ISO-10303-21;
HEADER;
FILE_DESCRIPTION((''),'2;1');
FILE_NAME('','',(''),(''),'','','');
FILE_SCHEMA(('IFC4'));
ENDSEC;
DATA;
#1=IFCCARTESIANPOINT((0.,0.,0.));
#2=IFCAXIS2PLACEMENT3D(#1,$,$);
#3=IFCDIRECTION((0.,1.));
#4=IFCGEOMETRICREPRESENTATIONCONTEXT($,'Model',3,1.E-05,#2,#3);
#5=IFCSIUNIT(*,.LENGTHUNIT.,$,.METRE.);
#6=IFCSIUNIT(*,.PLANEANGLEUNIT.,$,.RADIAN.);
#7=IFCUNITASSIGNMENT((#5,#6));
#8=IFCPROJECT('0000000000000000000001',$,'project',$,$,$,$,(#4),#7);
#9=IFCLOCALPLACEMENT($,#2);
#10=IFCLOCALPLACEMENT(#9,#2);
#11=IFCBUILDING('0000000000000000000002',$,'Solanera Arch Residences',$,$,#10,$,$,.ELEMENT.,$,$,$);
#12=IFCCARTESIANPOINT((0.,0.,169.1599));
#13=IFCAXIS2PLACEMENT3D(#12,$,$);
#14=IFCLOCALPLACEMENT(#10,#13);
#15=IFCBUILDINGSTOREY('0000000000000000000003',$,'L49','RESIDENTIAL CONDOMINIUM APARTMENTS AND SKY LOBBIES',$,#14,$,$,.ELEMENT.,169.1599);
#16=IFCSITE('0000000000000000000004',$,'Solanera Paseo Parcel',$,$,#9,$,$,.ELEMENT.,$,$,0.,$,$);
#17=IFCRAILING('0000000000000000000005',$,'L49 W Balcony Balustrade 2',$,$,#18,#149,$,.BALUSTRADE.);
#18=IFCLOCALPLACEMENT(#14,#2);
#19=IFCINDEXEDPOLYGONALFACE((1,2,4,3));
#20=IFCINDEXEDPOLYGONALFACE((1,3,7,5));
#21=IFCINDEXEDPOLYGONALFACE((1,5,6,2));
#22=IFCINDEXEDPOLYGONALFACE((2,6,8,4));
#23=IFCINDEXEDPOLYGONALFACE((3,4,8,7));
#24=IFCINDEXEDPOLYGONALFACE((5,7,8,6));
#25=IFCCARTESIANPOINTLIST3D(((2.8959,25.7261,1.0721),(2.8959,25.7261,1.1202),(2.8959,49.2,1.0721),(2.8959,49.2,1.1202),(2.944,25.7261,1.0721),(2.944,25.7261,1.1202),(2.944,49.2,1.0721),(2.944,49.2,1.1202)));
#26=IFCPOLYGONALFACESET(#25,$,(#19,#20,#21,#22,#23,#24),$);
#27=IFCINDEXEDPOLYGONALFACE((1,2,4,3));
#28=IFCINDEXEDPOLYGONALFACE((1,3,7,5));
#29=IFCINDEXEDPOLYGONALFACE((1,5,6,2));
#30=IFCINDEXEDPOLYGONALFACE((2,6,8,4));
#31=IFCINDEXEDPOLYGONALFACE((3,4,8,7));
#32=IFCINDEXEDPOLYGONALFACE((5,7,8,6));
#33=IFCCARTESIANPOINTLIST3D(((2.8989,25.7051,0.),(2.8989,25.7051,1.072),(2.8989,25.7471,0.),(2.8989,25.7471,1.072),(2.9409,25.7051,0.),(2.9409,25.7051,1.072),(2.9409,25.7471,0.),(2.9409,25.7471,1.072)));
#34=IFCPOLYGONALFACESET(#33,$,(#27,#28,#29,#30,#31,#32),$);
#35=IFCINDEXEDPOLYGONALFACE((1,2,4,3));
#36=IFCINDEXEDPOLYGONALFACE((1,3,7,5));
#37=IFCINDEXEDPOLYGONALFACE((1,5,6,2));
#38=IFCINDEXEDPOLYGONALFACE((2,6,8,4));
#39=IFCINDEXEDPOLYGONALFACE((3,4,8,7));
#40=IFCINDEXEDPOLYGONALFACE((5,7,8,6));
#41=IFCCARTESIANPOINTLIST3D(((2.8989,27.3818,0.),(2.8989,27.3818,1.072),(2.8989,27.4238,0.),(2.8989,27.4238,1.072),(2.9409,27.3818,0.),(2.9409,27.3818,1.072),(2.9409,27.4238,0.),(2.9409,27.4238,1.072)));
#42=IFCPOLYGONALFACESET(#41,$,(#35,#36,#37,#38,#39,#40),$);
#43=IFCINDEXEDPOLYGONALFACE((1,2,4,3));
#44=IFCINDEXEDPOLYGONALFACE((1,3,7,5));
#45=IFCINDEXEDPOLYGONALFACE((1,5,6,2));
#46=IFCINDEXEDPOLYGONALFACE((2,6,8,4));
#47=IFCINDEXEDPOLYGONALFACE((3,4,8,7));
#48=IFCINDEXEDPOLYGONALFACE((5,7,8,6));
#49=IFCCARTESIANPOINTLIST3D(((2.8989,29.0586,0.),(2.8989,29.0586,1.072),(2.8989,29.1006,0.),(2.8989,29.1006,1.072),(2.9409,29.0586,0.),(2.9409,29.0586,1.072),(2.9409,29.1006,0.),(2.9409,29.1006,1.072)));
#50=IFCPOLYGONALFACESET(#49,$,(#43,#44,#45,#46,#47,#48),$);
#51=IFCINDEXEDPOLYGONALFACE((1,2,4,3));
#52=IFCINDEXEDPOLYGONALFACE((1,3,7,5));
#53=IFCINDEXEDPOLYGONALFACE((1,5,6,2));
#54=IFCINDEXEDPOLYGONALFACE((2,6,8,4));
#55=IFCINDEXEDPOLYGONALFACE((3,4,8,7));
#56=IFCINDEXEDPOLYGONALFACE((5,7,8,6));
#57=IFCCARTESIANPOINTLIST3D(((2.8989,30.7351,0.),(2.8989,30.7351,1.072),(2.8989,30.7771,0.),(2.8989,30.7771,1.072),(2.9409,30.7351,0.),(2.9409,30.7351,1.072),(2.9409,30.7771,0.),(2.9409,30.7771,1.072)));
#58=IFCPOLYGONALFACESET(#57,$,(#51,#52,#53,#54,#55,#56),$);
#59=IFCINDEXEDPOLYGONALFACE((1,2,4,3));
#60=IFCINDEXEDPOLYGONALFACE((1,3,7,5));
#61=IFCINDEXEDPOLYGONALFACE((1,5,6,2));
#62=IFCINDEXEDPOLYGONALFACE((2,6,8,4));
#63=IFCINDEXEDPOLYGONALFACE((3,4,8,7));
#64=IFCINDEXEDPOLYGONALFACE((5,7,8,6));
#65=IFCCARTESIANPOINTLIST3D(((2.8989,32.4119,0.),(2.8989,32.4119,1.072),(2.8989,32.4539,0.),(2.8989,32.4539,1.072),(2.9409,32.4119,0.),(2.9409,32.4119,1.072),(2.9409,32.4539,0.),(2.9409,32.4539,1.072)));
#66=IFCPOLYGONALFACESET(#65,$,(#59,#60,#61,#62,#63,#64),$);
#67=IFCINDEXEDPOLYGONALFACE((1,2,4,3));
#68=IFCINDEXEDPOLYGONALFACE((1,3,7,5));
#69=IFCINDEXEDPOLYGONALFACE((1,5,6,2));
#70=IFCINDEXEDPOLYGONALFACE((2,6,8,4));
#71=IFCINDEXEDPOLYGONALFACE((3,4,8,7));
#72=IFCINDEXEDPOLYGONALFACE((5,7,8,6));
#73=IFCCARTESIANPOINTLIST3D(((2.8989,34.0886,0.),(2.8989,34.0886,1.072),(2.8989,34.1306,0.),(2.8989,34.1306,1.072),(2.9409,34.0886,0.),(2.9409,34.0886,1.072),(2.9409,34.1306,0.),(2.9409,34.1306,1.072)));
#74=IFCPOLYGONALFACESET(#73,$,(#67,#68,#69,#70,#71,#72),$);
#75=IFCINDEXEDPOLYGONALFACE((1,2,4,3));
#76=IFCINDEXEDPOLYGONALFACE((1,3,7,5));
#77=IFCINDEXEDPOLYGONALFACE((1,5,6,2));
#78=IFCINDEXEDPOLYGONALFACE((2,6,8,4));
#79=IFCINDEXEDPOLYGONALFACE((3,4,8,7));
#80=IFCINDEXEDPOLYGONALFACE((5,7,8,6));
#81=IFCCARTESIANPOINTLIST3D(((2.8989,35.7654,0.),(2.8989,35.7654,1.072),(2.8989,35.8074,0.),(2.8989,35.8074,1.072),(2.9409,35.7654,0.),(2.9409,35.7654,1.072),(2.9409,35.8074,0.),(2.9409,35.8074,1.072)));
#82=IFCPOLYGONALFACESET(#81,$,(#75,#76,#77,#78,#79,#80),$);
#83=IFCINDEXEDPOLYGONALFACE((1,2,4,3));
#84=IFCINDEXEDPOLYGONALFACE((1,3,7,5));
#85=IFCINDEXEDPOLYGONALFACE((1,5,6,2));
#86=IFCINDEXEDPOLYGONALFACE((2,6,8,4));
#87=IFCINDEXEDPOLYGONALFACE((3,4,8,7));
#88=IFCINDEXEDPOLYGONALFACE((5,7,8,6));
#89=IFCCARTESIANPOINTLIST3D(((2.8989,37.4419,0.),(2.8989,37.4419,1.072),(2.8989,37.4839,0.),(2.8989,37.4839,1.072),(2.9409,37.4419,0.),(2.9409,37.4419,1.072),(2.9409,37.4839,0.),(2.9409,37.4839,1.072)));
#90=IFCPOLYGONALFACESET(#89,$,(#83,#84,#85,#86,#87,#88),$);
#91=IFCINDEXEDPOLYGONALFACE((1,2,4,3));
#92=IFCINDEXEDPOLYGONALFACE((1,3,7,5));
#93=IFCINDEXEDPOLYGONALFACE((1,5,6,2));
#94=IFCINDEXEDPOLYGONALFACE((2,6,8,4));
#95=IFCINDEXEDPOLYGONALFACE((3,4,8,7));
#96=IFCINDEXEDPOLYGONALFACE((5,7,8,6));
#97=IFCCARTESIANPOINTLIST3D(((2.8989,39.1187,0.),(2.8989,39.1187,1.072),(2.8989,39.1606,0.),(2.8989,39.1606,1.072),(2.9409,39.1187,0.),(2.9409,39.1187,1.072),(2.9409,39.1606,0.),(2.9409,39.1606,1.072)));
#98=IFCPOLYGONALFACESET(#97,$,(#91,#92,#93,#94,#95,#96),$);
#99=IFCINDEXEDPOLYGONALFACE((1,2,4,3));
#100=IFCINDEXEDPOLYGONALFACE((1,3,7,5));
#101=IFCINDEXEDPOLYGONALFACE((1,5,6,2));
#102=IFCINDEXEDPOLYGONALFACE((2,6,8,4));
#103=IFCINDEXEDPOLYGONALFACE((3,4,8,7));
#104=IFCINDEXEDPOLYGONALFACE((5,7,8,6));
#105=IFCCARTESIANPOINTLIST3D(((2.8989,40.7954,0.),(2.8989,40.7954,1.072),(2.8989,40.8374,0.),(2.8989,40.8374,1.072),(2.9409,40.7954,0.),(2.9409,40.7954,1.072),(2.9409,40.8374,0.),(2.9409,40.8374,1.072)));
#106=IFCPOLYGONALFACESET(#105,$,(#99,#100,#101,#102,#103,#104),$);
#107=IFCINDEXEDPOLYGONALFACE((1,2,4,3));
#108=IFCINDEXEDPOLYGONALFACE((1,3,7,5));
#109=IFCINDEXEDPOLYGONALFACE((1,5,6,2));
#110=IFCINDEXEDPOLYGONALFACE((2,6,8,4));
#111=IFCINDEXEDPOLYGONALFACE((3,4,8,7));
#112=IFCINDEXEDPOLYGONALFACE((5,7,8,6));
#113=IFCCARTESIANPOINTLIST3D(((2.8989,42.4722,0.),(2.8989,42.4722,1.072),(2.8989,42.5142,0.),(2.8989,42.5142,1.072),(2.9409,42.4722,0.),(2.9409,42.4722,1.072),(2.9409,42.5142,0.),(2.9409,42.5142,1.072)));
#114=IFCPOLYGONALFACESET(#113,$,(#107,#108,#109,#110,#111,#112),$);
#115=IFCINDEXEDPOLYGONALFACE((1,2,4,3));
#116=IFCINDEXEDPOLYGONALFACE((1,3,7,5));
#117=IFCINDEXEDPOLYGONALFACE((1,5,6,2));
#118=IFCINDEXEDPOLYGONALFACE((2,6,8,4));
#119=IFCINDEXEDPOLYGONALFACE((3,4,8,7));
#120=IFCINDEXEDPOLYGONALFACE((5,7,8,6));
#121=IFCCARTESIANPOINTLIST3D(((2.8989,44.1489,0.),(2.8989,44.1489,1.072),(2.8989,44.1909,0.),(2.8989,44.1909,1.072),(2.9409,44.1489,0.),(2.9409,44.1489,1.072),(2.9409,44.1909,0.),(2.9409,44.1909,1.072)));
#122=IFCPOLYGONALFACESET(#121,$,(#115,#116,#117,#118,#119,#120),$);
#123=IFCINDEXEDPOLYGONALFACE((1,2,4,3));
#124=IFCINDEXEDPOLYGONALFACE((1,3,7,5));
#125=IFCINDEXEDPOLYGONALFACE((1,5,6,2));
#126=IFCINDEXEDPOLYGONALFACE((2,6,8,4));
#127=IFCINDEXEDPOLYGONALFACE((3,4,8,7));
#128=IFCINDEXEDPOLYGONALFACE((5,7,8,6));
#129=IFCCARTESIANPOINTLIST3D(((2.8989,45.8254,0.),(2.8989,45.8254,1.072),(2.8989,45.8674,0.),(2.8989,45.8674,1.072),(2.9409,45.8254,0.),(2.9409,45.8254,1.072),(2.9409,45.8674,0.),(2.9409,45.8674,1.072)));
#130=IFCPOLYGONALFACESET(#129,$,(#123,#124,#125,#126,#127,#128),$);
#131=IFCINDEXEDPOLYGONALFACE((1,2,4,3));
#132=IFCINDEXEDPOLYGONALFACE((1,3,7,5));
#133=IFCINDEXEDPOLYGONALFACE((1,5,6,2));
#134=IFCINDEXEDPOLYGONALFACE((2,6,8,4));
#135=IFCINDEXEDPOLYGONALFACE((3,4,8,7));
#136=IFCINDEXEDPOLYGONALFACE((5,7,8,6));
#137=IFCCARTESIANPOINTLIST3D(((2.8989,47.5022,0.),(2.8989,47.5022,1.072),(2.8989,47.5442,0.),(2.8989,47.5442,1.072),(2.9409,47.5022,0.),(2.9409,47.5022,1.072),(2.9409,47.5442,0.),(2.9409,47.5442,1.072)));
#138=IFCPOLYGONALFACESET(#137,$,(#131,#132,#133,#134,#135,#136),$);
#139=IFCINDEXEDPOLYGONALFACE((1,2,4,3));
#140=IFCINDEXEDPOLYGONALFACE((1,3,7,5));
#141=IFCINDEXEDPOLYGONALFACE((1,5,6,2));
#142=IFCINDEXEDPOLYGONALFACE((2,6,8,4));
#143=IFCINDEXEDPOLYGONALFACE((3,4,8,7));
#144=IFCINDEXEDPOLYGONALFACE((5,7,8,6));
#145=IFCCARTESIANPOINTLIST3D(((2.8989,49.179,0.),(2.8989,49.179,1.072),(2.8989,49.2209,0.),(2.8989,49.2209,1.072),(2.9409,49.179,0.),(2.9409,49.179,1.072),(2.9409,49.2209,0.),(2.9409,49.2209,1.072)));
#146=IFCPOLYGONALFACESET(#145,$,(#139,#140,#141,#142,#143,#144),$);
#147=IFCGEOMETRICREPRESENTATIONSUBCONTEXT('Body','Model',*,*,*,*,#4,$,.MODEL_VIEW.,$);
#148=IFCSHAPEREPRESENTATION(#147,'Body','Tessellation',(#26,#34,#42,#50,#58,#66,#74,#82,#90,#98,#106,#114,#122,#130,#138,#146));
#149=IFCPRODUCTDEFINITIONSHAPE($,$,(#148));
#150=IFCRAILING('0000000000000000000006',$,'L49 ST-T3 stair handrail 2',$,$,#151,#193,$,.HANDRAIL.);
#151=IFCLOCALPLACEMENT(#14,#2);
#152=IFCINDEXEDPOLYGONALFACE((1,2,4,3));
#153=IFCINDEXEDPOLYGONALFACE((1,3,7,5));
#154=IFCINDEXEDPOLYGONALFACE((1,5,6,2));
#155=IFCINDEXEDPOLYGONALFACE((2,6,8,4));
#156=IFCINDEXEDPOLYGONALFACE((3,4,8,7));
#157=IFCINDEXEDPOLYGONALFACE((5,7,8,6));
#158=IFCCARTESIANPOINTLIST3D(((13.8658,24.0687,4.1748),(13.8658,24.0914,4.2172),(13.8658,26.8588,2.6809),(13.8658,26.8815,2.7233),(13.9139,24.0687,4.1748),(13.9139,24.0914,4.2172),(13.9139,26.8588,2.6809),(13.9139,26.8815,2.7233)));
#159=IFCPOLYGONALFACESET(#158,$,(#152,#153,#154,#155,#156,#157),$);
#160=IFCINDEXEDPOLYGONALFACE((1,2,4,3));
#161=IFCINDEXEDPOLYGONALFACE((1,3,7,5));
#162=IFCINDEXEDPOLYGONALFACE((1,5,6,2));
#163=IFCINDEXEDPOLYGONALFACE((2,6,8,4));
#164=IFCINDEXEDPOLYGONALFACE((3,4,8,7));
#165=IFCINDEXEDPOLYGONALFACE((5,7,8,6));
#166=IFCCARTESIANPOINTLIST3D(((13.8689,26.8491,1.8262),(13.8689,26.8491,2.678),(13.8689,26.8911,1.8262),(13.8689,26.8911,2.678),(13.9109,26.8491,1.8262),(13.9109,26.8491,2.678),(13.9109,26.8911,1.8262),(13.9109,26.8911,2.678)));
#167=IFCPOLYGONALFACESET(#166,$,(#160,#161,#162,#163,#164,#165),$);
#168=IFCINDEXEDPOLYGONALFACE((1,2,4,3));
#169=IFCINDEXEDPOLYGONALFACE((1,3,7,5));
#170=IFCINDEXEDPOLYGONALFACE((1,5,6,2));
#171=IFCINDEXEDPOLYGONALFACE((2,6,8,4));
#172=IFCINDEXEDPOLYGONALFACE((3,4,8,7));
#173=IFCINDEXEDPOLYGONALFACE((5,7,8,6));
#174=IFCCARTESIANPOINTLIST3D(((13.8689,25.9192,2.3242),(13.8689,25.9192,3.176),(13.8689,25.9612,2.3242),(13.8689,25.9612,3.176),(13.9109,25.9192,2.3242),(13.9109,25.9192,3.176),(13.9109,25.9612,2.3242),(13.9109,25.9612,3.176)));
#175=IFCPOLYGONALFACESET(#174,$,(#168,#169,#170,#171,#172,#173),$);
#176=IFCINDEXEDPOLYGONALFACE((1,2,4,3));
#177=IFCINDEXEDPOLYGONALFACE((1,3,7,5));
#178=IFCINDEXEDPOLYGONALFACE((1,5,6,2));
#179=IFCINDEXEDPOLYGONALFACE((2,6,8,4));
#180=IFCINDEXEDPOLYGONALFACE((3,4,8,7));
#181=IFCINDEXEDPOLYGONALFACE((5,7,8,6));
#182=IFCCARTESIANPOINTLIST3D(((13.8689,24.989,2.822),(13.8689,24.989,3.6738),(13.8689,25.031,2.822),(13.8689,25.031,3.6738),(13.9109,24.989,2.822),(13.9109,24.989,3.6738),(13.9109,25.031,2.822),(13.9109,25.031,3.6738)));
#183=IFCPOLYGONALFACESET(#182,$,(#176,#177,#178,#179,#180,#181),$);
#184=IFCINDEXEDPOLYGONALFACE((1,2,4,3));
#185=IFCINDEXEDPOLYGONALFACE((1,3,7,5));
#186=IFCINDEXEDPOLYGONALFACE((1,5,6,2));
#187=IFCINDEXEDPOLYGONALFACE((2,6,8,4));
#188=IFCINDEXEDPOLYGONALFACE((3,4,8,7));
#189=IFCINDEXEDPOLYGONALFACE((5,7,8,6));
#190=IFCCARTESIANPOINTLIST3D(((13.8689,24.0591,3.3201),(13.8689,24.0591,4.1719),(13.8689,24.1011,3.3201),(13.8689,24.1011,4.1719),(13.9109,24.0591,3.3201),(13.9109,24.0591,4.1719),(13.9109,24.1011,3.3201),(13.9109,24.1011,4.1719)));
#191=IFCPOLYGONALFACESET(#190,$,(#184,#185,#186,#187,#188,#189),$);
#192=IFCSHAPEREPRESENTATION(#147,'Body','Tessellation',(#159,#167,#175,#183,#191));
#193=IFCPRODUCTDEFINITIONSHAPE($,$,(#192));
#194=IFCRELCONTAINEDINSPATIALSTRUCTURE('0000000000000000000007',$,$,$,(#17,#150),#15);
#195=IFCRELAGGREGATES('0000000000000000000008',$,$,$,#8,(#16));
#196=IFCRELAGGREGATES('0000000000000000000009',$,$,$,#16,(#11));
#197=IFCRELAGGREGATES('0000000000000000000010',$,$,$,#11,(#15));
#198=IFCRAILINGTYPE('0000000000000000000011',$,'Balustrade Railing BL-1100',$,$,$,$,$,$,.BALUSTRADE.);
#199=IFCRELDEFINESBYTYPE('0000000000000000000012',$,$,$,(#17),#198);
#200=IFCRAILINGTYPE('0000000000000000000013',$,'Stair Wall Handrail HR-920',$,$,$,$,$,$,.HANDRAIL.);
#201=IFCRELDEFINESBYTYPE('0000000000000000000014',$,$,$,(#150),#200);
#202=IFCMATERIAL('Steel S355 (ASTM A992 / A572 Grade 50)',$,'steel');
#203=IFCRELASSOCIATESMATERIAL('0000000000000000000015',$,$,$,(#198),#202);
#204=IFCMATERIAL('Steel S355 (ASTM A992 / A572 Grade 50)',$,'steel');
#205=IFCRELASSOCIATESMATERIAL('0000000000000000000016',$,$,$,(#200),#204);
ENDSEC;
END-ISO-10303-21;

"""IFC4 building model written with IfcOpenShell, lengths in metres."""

from ifc_helpers import new_model, si_unit, direction, frame, origin, origin_2d, place, context, subcontext, project, spatial, rectangle, extrude, material, type_object, element, save


model = new_model("IFC4")

# Units and contexts
model_context = context("Model", 3, precision=1e-05, world=origin(), true_north=direction((0.0, 1.0)))
body_context = subcontext(model_context, "Body", "Model", "MODEL_VIEW")
ifc_project = project(units=[si_unit("LENGTHUNIT", "METRE"), si_unit("PLANEANGLEUNIT", "RADIAN")], contexts=[model_context])

# Site, building, storey
site_placement = place(None, origin())
site = spatial("IfcSite", under=ifc_project, at=site_placement, Name="Solanera Paseo Parcel", CompositionType="ELEMENT", RefElevation=0.0)
building_placement = place(site_placement, origin())
building = spatial("IfcBuilding", under=site, at=building_placement, Name="Solanera Arch Residences", CompositionType="ELEMENT")
storey_placement = place(building_placement, frame((0.0, 0.0, 169.1599)))
storey = spatial("IfcBuildingStorey", under=building, at=storey_placement, Name="L49", Description="RESIDENTIAL CONDOMINIUM APARTMENTS AND SKY LOBBIES", CompositionType="ELEMENT", Elevation=169.1599)

# Railings
ifc_material_1 = material(Name="Steel S355 (ASTM A992 / A572 Grade 50)", Category="steel")
railing_type_1 = type_object("IfcRailingType", Name="Balustrade Railing BL-1100", PredefinedType="BALUSTRADE", material=ifc_material_1)
railing_1_placement = place(storey_placement, frame((2.9199, 25.7261, 0.0)))
element("IfcRailing", 1, at=railing_1_placement, inside=storey, type_object=railing_type_1, Name="L49 W Balcony Balustrade 2", PredefinedType="BALUSTRADE", context=body_context, shape_type="SweptSolid", body=[
    extrude(rectangle(XDim=0.0481, YDim=0.0481, at=origin_2d()), frame((0.0, 0.0, 1.0962), z_axis=(0.0, 1.0, 0.0), x_axis=(-1.0, 0.0, 0.0)), (0.0, 0.0, 1.0), 23.4739),
    extrude(rectangle(XDim=0.042, YDim=0.042, at=origin_2d()), origin(), (0.0, 0.0, 1.0), 1.072),
    extrude(rectangle(XDim=0.042, YDim=0.042, at=origin_2d()), frame((0.0, 1.6768, 0.0)), (0.0, 0.0, 1.0), 1.072),
    extrude(rectangle(XDim=0.042, YDim=0.042, at=origin_2d()), frame((0.0, 3.3535, 0.0)), (0.0, 0.0, 1.0), 1.072),
    extrude(rectangle(XDim=0.042, YDim=0.042, at=origin_2d()), frame((0.0, 5.03, 0.0)), (0.0, 0.0, 1.0), 1.072),
    extrude(rectangle(XDim=0.042, YDim=0.042, at=origin_2d()), frame((0.0, 6.7068, 0.0)), (0.0, 0.0, 1.0), 1.072),
    extrude(rectangle(XDim=0.042, YDim=0.042, at=origin_2d()), frame((0.0, 8.3835, 0.0)), (0.0, 0.0, 1.0), 1.072),
    extrude(rectangle(XDim=0.042, YDim=0.042, at=origin_2d()), frame((0.0, 10.0603, 0.0)), (0.0, 0.0, 1.0), 1.072),
    extrude(rectangle(XDim=0.042, YDim=0.042, at=origin_2d()), frame((0.0, 11.7368, 0.0)), (0.0, 0.0, 1.0), 1.072),
    extrude(rectangle(XDim=0.042, YDim=0.042, at=origin_2d()), frame((0.0, 13.4136, 0.0)), (0.0, 0.0, 1.0), 1.072),
    extrude(rectangle(XDim=0.042, YDim=0.042, at=origin_2d()), frame((0.0, 15.0903, 0.0)), (0.0, 0.0, 1.0), 1.072),
    extrude(rectangle(XDim=0.042, YDim=0.042, at=origin_2d()), frame((0.0, 16.7671, 0.0)), (0.0, 0.0, 1.0), 1.072),
    extrude(rectangle(XDim=0.042, YDim=0.042, at=origin_2d()), frame((0.0, 18.4438, 0.0)), (0.0, 0.0, 1.0), 1.072),
    extrude(rectangle(XDim=0.042, YDim=0.042, at=origin_2d()), frame((0.0, 20.1204, 0.0)), (0.0, 0.0, 1.0), 1.072),
    extrude(rectangle(XDim=0.042, YDim=0.042, at=origin_2d()), frame((0.0, 21.7971, 0.0)), (0.0, 0.0, 1.0), 1.072),
    extrude(rectangle(XDim=0.042, YDim=0.042, at=origin_2d()), frame((0.0, 23.4739, 0.0)), (0.0, 0.0, 1.0), 1.072),
])
ifc_material_2 = material(Name="Steel S355 (ASTM A992 / A572 Grade 50)", Category="steel")
railing_type_2 = type_object("IfcRailingType", Name="Stair Wall Handrail HR-920", PredefinedType="HANDRAIL", material=ifc_material_2)
railing_2_placement = place(storey_placement, frame((13.8899, 26.8701, 1.8262)))
element("IfcRailing", 2, at=railing_2_placement, inside=storey, type_object=railing_type_2, Name="L49 ST-T3 stair handrail 2", PredefinedType="HANDRAIL", context=body_context, shape_type="SweptSolid", body=[
    extrude(rectangle(XDim=0.0481, YDim=0.0481, at=origin_2d()), frame((0.0, 0.0, 0.876), z_axis=(0.0, -0.881581, 0.472033), x_axis=(1.0, 0.0, 0.0)), (0.0, 0.0, 1.0), 3.1648),
    extrude(rectangle(XDim=0.042, YDim=0.042, at=origin_2d()), origin(), (0.0, 0.0, 1.0), 0.8518),
    extrude(rectangle(XDim=0.042, YDim=0.042, at=origin_2d()), frame((0.0, -0.9299, 0.498)), (0.0, 0.0, 1.0), 0.8518),
    extrude(rectangle(XDim=0.042, YDim=0.042, at=origin_2d()), frame((0.0, -1.8601, 0.9958)), (0.0, 0.0, 1.0), 0.8518),
    extrude(rectangle(XDim=0.042, YDim=0.042, at=origin_2d()), frame((0.0, -2.79, 1.4939)), (0.0, 0.0, 1.0), 0.8518),
])

save(model, "model.ifc")
